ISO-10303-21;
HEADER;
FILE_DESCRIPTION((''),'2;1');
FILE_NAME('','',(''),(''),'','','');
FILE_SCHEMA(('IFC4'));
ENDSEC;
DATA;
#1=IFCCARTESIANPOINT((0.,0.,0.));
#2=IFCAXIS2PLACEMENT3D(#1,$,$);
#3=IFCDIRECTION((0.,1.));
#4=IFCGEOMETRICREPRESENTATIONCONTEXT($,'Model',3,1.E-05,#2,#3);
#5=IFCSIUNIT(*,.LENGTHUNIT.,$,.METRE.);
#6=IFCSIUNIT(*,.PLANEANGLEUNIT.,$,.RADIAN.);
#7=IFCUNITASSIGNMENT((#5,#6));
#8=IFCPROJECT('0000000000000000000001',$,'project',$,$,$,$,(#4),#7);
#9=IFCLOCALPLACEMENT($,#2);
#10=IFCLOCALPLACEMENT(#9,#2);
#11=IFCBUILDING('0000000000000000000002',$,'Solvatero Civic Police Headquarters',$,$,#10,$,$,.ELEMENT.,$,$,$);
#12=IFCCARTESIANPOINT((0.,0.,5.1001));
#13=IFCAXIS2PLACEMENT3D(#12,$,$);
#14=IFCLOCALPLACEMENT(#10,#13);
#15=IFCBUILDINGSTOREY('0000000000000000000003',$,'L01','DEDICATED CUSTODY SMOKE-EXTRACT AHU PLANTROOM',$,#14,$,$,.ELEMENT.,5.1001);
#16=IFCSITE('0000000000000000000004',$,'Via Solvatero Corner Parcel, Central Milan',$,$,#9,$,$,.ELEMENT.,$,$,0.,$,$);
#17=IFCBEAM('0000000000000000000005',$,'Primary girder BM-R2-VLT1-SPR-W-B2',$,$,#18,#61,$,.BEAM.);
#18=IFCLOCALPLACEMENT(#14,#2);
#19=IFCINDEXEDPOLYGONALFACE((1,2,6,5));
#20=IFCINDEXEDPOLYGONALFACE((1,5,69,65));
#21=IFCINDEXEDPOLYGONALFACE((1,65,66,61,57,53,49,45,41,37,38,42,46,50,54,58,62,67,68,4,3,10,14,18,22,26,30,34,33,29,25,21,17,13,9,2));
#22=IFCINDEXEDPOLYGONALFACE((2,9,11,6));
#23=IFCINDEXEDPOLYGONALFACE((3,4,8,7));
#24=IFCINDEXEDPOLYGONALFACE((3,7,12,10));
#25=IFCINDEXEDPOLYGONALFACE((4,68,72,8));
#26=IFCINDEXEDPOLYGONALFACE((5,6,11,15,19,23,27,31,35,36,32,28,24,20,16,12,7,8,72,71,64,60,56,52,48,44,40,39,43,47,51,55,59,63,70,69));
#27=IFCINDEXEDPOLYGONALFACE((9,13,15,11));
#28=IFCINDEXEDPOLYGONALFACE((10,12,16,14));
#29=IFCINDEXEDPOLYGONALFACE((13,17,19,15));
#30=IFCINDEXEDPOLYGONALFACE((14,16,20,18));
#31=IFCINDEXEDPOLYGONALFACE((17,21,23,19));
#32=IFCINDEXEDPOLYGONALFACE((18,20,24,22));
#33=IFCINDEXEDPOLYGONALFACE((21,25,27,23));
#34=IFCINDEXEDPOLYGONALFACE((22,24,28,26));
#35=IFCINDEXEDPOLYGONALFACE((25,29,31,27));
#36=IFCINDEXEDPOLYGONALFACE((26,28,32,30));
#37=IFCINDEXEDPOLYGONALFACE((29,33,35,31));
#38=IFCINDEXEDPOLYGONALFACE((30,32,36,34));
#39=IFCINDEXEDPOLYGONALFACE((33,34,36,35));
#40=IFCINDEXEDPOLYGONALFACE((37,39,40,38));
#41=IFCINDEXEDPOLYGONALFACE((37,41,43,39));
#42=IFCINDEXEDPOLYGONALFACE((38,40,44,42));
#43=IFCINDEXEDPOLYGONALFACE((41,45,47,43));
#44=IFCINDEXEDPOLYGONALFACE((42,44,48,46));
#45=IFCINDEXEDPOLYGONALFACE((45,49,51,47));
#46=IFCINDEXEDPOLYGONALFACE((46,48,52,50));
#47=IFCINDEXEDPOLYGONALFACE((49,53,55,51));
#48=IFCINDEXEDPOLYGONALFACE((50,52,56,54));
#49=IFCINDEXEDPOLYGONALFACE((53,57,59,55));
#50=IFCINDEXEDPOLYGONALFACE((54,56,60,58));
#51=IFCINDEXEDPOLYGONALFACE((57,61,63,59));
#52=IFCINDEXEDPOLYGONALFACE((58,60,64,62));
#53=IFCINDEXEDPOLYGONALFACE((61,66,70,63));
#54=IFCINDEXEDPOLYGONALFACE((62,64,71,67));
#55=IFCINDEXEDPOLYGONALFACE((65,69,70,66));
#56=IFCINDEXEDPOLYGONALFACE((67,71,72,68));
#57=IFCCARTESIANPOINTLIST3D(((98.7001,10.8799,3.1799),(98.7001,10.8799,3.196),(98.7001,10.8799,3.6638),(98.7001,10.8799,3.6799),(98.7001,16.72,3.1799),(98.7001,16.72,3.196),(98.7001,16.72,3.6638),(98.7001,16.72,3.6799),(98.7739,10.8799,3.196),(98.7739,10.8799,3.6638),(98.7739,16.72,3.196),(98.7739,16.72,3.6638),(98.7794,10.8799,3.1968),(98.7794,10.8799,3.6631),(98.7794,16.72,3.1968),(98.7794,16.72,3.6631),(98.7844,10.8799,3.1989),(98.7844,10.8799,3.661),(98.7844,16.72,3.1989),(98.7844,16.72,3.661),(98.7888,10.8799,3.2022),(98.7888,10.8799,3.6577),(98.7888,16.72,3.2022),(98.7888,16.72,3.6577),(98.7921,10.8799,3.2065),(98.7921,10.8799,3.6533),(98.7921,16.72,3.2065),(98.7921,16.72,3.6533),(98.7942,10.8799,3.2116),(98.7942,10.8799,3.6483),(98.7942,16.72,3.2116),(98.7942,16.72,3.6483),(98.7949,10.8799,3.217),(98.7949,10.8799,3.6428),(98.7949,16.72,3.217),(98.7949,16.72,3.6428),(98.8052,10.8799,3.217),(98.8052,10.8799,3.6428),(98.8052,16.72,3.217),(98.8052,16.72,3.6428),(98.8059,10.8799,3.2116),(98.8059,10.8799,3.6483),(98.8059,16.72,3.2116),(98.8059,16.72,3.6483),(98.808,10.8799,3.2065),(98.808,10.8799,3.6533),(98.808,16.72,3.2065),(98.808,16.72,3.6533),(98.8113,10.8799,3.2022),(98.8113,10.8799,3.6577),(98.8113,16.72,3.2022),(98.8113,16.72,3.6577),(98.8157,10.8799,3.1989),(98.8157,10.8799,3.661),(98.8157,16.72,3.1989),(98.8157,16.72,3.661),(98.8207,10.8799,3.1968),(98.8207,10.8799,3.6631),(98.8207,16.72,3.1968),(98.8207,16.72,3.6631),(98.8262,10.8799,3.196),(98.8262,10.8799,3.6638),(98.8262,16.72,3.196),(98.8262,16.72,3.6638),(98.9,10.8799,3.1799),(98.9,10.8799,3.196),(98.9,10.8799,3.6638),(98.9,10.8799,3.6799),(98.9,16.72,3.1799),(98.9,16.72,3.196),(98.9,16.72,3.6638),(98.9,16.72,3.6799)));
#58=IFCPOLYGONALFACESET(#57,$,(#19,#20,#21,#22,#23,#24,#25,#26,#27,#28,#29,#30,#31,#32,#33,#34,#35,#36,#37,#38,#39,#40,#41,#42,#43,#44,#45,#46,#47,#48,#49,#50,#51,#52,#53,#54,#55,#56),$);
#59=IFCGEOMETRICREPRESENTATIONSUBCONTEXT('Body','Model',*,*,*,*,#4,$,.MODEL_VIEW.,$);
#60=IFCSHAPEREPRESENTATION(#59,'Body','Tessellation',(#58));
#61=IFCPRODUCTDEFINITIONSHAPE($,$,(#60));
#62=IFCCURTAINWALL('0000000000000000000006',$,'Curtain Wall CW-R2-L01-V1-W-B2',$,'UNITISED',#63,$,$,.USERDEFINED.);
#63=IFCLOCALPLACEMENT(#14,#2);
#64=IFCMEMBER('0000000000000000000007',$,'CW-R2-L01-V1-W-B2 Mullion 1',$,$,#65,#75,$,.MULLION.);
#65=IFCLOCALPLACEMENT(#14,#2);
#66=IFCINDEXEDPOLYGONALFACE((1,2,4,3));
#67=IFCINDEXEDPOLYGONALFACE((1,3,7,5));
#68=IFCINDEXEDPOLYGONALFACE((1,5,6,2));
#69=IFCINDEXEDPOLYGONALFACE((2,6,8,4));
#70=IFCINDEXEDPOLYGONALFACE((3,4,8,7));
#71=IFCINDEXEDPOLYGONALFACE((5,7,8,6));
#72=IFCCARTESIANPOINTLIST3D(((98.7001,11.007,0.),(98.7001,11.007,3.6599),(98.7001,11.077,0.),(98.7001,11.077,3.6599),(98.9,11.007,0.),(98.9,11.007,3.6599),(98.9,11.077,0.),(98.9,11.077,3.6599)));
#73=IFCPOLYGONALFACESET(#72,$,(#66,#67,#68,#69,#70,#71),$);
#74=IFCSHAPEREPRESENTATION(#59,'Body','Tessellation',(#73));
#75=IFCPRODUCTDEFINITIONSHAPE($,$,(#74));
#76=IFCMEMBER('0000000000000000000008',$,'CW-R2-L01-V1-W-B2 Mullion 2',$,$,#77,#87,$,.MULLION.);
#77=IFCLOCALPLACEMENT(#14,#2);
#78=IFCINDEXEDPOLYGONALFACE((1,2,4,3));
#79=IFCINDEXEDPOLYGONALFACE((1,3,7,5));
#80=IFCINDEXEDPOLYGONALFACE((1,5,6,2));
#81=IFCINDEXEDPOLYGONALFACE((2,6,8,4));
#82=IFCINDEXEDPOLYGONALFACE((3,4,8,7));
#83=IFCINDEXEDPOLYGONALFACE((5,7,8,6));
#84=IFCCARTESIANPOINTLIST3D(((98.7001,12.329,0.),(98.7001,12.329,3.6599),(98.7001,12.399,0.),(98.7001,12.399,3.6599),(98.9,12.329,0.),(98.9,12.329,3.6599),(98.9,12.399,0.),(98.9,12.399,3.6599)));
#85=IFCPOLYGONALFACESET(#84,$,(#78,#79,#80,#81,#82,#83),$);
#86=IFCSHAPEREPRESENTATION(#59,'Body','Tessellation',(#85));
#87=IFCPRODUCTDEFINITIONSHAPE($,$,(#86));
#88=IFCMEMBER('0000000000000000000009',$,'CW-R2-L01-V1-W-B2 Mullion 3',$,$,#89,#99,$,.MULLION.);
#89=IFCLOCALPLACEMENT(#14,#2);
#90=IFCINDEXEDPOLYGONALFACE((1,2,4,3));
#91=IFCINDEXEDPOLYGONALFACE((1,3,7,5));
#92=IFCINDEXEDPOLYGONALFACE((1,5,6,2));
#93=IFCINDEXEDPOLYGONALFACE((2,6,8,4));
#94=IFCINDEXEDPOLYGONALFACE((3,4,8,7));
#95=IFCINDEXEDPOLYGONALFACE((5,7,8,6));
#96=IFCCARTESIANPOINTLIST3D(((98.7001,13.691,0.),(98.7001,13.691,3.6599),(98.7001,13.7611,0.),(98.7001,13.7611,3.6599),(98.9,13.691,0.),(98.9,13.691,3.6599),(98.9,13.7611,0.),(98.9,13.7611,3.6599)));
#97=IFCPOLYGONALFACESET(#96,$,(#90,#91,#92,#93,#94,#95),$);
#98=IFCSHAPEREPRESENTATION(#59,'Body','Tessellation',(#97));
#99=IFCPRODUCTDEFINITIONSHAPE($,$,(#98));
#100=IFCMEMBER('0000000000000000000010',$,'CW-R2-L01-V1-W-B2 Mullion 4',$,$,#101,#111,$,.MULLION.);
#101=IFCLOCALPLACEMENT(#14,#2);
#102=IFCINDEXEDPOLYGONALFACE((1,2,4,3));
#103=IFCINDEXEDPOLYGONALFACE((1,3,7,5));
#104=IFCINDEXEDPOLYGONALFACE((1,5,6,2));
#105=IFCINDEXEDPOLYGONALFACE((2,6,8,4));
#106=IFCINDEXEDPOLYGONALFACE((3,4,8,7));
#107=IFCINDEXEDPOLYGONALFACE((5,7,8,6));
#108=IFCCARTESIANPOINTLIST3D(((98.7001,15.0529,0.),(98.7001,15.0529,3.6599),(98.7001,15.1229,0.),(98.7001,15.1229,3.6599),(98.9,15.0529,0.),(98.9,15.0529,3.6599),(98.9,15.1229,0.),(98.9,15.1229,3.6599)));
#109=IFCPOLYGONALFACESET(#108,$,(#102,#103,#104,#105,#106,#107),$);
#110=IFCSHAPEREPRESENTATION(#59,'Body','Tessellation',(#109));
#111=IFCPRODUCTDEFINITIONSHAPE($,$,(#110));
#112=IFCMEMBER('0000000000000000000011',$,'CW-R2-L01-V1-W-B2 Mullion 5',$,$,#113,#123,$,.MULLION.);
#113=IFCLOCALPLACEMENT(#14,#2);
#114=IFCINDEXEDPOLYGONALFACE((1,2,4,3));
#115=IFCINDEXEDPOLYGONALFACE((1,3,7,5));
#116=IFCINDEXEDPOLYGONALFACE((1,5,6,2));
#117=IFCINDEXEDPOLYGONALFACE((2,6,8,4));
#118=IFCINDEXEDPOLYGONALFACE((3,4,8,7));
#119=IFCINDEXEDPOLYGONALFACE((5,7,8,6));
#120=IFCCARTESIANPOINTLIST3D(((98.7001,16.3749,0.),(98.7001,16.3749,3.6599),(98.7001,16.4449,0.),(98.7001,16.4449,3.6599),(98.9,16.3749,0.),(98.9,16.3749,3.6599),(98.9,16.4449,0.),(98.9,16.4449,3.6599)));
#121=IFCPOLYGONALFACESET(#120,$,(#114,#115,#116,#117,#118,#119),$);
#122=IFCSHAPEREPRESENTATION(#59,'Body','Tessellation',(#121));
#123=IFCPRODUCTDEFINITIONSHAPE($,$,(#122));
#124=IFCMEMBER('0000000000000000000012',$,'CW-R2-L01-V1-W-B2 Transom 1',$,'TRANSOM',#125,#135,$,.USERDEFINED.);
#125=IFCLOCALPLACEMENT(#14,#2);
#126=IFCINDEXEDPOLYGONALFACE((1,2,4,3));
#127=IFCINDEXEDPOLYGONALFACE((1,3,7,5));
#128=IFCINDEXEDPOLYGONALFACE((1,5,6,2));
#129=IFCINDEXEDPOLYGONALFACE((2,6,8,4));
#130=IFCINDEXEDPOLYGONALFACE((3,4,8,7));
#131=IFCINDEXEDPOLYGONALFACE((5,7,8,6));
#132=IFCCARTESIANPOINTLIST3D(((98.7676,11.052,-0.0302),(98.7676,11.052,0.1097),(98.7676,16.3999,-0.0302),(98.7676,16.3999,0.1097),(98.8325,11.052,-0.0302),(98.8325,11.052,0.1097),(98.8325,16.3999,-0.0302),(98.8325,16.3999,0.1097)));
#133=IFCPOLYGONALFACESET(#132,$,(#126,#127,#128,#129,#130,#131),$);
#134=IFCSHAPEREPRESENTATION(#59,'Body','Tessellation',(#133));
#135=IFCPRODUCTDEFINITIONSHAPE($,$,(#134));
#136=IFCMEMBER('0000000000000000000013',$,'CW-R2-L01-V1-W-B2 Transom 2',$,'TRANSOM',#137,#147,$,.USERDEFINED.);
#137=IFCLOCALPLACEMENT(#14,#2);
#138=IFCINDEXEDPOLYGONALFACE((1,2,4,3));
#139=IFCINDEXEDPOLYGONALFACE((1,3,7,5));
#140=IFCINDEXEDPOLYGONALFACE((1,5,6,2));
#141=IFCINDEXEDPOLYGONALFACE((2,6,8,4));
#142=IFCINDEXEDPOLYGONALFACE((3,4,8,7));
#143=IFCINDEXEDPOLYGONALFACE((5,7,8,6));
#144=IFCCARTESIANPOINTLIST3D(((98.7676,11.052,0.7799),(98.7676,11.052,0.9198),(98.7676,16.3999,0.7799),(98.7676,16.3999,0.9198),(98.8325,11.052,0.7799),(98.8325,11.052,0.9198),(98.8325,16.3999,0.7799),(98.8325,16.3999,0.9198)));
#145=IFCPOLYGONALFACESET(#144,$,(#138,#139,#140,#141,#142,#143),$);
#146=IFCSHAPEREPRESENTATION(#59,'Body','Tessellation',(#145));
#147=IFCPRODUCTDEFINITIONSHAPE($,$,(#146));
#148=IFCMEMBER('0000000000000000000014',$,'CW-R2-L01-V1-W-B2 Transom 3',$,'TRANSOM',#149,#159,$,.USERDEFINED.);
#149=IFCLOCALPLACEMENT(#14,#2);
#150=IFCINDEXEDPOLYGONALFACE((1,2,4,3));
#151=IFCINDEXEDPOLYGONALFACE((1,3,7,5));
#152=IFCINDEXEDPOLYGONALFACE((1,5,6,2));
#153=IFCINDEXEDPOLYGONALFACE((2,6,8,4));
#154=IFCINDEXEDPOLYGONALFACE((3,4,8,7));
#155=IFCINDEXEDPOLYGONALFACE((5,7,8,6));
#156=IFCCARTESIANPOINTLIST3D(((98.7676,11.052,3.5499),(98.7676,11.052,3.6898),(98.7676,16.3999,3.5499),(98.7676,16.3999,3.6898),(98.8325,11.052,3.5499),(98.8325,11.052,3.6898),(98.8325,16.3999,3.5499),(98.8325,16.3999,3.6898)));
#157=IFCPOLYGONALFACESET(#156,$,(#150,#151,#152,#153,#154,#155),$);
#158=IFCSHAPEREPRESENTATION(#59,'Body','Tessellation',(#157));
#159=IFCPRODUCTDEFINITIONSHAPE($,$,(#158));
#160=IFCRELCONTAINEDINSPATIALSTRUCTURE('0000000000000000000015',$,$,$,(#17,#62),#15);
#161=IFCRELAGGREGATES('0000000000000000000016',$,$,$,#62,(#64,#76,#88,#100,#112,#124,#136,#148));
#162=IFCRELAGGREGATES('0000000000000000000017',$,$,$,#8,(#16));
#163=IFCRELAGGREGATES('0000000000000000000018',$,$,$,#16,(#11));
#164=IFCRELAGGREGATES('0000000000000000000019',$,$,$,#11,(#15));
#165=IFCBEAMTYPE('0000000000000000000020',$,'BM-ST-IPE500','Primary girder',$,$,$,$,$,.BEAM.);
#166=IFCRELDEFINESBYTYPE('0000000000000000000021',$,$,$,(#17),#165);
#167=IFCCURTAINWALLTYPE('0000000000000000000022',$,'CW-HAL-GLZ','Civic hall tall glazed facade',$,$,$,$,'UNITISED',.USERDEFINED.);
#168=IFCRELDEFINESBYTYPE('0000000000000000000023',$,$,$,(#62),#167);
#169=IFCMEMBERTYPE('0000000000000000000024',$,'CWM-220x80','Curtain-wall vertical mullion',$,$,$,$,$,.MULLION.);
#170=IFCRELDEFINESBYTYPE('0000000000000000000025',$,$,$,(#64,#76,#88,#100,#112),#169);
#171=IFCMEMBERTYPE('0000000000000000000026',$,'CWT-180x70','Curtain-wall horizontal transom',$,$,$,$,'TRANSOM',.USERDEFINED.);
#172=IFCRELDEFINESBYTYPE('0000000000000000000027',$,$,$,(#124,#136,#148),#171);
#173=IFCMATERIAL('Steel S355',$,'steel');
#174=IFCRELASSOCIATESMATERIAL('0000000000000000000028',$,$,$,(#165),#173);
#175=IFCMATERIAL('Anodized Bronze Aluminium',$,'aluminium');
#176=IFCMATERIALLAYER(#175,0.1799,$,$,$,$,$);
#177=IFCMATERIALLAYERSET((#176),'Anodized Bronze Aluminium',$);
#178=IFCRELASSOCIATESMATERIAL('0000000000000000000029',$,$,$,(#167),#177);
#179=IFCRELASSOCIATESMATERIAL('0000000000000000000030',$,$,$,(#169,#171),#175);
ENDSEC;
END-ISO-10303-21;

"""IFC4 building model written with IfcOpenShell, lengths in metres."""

from ifc_helpers import new_model, si_unit, direction, frame, origin, origin_2d, place, context, subcontext, project, spatial, rectangle, i_section, extrude, material, layer, layer_set, material_profile, profile_set, type_object, element, aggregate, save


model = new_model("IFC4")

# Units and contexts
model_context = context("Model", 3, precision=1e-05, world=origin(), true_north=direction((0.0, 1.0)))
body_context = subcontext(model_context, "Body", "Model", "MODEL_VIEW")
ifc_project = project(units=[si_unit("LENGTHUNIT", "METRE"), si_unit("PLANEANGLEUNIT", "RADIAN")], contexts=[model_context])

# Site, building, storey
site_placement = place(None, origin())
site = spatial("IfcSite", under=ifc_project, at=site_placement, Name="Via Solvatero Corner Parcel, Central Milan", CompositionType="ELEMENT", RefElevation=0.0)
building_placement = place(site_placement, origin())
building = spatial("IfcBuilding", under=site, at=building_placement, Name="Solvatero Civic Police Headquarters", CompositionType="ELEMENT")
storey_placement = place(building_placement, frame((0.0, 0.0, 5.1001)))
storey = spatial("IfcBuildingStorey", under=building, at=storey_placement, Name="L01", Description="DEDICATED CUSTODY SMOKE-EXTRACT AHU PLANTROOM", CompositionType="ELEMENT", Elevation=5.1001)

# Beam
ifc_material_1 = material(Name="Steel S355", Category="steel")
ifc_material_profile_1 = material_profile(ifc_material_1, i_section(OverallWidth=0.2, OverallDepth=0.5, WebThickness=0.0103, FlangeThickness=0.0161, FilletRadius=0.021, at=origin_2d()), Name="IPE 500")
ifc_profile_set_1 = profile_set([ifc_material_profile_1], Name="Steel S355")
beam_type_1 = type_object("IfcBeamType", Name="BM-ST-IPE500", Description="Primary girder", PredefinedType="BEAM", material=ifc_profile_set_1)
beam_1_placement = place(storey_placement, frame((98.8, 10.8799, 3.4299), z_axis=(0.0, 1.0, 0.0), x_axis=(-1.0, 0.0, 0.0)))
element("IfcBeam", 1, at=beam_1_placement, inside=storey, type_object=beam_type_1, Name="Primary girder BM-R2-VLT1-SPR-W-B2", PredefinedType="BEAM", context=body_context, shape_type="SweptSolid", body=[
    extrude(i_section(OverallWidth=0.2, OverallDepth=0.5, WebThickness=0.0103, FlangeThickness=0.0161, FilletRadius=0.021, at=origin_2d()), origin(), (0.0, 0.0, 1.0), 5.8401),
])

# Curtain wall, members
ifc_material_2 = material(Name="Anodized Bronze Aluminium", Category="aluminium")
ifc_layer_1 = layer(ifc_material_2, 0.1799)
ifc_layer_set_1 = layer_set([ifc_layer_1], Name="Anodized Bronze Aluminium")
curtain_wall_type = type_object("IfcCurtainWallType", Name="CW-HAL-GLZ", Description="Civic hall tall glazed facade", ElementType="UNITISED", PredefinedType="USERDEFINED", material=ifc_layer_set_1)
curtain_wall_placement = place(storey_placement, origin())
curtain_wall = element("IfcCurtainWall", 2, at=curtain_wall_placement, inside=storey, type_object=curtain_wall_type, Name="Curtain Wall CW-R2-L01-V1-W-B2", ObjectType="UNITISED", PredefinedType="USERDEFINED")
ifc_material_profile_2 = material_profile(ifc_material_2, rectangle(XDim=0.0701, YDim=0.2, at=origin_2d()), Name="ALU MULLION 70x200")
ifc_profile_set_2 = profile_set([ifc_material_profile_2], Name="Anodized Bronze Aluminium")
member_type_1 = type_object("IfcMemberType", Name="CWM-220x80", Description="Curtain-wall vertical mullion", PredefinedType="MULLION", material=ifc_profile_set_2)
member_1_placement = place(storey_placement, frame((98.8, 11.042, 0.0), z_axis=(0.0, 0.0, 1.0), x_axis=(0.0, 1.0, 0.0)))
member_1 = element("IfcMember", 3, at=member_1_placement, type_object=member_type_1, Name="CW-R2-L01-V1-W-B2 Mullion 1", PredefinedType="MULLION", context=body_context, shape_type="SweptSolid", body=[
    extrude(rectangle(XDim=0.0701, YDim=0.2, at=origin_2d()), origin(), (0.0, 0.0, 1.0), 3.6599),
])
member_2_placement = place(storey_placement, frame((98.8, 12.364, 0.0), z_axis=(0.0, 0.0, 1.0), x_axis=(0.0, 1.0, 0.0)))
member_2 = element("IfcMember", 4, at=member_2_placement, type_object=member_type_1, Name="CW-R2-L01-V1-W-B2 Mullion 2", PredefinedType="MULLION", context=body_context, shape_type="SweptSolid", body=[
    extrude(rectangle(XDim=0.0701, YDim=0.2, at=origin_2d()), origin(), (0.0, 0.0, 1.0), 3.6599),
])
member_3_placement = place(storey_placement, frame((98.8, 13.7261, 0.0), z_axis=(0.0, 0.0, 1.0), x_axis=(0.0, 1.0, 0.0)))
member_3 = element("IfcMember", 5, at=member_3_placement, type_object=member_type_1, Name="CW-R2-L01-V1-W-B2 Mullion 3", PredefinedType="MULLION", context=body_context, shape_type="SweptSolid", body=[
    extrude(rectangle(XDim=0.0701, YDim=0.2, at=origin_2d()), origin(), (0.0, 0.0, 1.0), 3.6599),
])
member_4_placement = place(storey_placement, frame((98.8, 15.0879, 0.0), z_axis=(0.0, 0.0, 1.0), x_axis=(0.0, 1.0, 0.0)))
member_4 = element("IfcMember", 6, at=member_4_placement, type_object=member_type_1, Name="CW-R2-L01-V1-W-B2 Mullion 4", PredefinedType="MULLION", context=body_context, shape_type="SweptSolid", body=[
    extrude(rectangle(XDim=0.0701, YDim=0.2, at=origin_2d()), origin(), (0.0, 0.0, 1.0), 3.6599),
])
member_5_placement = place(storey_placement, frame((98.8, 16.4099, 0.0), z_axis=(0.0, 0.0, 1.0), x_axis=(0.0, 1.0, 0.0)))
member_5 = element("IfcMember", 7, at=member_5_placement, type_object=member_type_1, Name="CW-R2-L01-V1-W-B2 Mullion 5", PredefinedType="MULLION", context=body_context, shape_type="SweptSolid", body=[
    extrude(rectangle(XDim=0.0701, YDim=0.2, at=origin_2d()), origin(), (0.0, 0.0, 1.0), 3.6599),
])
ifc_material_profile_3 = material_profile(ifc_material_2, rectangle(XDim=0.0649, YDim=0.1399, at=origin_2d()), Name="ALU TRANSOM 65x140")
ifc_profile_set_3 = profile_set([ifc_material_profile_3], Name="Anodized Bronze Aluminium")
member_type_2 = type_object("IfcMemberType", Name="CWT-180x70", Description="Curtain-wall horizontal transom", ElementType="TRANSOM", PredefinedType="USERDEFINED", material=ifc_profile_set_3)
member_6_placement = place(storey_placement, frame((98.8, 11.052, 0.0398), z_axis=(0.0, 1.0, 0.0), x_axis=(-1.0, 0.0, 0.0)))
member_6 = element("IfcMember", 8, at=member_6_placement, type_object=member_type_2, Name="CW-R2-L01-V1-W-B2 Transom 1", ObjectType="TRANSOM", PredefinedType="USERDEFINED", context=body_context, shape_type="SweptSolid", body=[
    extrude(rectangle(XDim=0.0649, YDim=0.1399, at=origin_2d()), origin(), (0.0, 0.0, 1.0), 5.3479),
])
member_7_placement = place(storey_placement, frame((98.8, 11.052, 0.8499), z_axis=(0.0, 1.0, 0.0), x_axis=(-1.0, 0.0, 0.0)))
member_7 = element("IfcMember", 9, at=member_7_placement, type_object=member_type_2, Name="CW-R2-L01-V1-W-B2 Transom 2", ObjectType="TRANSOM", PredefinedType="USERDEFINED", context=body_context, shape_type="SweptSolid", body=[
    extrude(rectangle(XDim=0.0649, YDim=0.1399, at=origin_2d()), origin(), (0.0, 0.0, 1.0), 5.3479),
])
member_8_placement = place(storey_placement, frame((98.8, 11.052, 3.6199), z_axis=(0.0, 1.0, 0.0), x_axis=(-1.0, 0.0, 0.0)))
member_8 = element("IfcMember", 10, at=member_8_placement, type_object=member_type_2, Name="CW-R2-L01-V1-W-B2 Transom 3", ObjectType="TRANSOM", PredefinedType="USERDEFINED", context=body_context, shape_type="SweptSolid", body=[
    extrude(rectangle(XDim=0.0649, YDim=0.1399, at=origin_2d()), origin(), (0.0, 0.0, 1.0), 5.3479),
])

aggregate(curtain_wall, [member_1, member_2, member_3, member_4, member_5, member_6, member_7, member_8])

save(model, "model.ifc")
